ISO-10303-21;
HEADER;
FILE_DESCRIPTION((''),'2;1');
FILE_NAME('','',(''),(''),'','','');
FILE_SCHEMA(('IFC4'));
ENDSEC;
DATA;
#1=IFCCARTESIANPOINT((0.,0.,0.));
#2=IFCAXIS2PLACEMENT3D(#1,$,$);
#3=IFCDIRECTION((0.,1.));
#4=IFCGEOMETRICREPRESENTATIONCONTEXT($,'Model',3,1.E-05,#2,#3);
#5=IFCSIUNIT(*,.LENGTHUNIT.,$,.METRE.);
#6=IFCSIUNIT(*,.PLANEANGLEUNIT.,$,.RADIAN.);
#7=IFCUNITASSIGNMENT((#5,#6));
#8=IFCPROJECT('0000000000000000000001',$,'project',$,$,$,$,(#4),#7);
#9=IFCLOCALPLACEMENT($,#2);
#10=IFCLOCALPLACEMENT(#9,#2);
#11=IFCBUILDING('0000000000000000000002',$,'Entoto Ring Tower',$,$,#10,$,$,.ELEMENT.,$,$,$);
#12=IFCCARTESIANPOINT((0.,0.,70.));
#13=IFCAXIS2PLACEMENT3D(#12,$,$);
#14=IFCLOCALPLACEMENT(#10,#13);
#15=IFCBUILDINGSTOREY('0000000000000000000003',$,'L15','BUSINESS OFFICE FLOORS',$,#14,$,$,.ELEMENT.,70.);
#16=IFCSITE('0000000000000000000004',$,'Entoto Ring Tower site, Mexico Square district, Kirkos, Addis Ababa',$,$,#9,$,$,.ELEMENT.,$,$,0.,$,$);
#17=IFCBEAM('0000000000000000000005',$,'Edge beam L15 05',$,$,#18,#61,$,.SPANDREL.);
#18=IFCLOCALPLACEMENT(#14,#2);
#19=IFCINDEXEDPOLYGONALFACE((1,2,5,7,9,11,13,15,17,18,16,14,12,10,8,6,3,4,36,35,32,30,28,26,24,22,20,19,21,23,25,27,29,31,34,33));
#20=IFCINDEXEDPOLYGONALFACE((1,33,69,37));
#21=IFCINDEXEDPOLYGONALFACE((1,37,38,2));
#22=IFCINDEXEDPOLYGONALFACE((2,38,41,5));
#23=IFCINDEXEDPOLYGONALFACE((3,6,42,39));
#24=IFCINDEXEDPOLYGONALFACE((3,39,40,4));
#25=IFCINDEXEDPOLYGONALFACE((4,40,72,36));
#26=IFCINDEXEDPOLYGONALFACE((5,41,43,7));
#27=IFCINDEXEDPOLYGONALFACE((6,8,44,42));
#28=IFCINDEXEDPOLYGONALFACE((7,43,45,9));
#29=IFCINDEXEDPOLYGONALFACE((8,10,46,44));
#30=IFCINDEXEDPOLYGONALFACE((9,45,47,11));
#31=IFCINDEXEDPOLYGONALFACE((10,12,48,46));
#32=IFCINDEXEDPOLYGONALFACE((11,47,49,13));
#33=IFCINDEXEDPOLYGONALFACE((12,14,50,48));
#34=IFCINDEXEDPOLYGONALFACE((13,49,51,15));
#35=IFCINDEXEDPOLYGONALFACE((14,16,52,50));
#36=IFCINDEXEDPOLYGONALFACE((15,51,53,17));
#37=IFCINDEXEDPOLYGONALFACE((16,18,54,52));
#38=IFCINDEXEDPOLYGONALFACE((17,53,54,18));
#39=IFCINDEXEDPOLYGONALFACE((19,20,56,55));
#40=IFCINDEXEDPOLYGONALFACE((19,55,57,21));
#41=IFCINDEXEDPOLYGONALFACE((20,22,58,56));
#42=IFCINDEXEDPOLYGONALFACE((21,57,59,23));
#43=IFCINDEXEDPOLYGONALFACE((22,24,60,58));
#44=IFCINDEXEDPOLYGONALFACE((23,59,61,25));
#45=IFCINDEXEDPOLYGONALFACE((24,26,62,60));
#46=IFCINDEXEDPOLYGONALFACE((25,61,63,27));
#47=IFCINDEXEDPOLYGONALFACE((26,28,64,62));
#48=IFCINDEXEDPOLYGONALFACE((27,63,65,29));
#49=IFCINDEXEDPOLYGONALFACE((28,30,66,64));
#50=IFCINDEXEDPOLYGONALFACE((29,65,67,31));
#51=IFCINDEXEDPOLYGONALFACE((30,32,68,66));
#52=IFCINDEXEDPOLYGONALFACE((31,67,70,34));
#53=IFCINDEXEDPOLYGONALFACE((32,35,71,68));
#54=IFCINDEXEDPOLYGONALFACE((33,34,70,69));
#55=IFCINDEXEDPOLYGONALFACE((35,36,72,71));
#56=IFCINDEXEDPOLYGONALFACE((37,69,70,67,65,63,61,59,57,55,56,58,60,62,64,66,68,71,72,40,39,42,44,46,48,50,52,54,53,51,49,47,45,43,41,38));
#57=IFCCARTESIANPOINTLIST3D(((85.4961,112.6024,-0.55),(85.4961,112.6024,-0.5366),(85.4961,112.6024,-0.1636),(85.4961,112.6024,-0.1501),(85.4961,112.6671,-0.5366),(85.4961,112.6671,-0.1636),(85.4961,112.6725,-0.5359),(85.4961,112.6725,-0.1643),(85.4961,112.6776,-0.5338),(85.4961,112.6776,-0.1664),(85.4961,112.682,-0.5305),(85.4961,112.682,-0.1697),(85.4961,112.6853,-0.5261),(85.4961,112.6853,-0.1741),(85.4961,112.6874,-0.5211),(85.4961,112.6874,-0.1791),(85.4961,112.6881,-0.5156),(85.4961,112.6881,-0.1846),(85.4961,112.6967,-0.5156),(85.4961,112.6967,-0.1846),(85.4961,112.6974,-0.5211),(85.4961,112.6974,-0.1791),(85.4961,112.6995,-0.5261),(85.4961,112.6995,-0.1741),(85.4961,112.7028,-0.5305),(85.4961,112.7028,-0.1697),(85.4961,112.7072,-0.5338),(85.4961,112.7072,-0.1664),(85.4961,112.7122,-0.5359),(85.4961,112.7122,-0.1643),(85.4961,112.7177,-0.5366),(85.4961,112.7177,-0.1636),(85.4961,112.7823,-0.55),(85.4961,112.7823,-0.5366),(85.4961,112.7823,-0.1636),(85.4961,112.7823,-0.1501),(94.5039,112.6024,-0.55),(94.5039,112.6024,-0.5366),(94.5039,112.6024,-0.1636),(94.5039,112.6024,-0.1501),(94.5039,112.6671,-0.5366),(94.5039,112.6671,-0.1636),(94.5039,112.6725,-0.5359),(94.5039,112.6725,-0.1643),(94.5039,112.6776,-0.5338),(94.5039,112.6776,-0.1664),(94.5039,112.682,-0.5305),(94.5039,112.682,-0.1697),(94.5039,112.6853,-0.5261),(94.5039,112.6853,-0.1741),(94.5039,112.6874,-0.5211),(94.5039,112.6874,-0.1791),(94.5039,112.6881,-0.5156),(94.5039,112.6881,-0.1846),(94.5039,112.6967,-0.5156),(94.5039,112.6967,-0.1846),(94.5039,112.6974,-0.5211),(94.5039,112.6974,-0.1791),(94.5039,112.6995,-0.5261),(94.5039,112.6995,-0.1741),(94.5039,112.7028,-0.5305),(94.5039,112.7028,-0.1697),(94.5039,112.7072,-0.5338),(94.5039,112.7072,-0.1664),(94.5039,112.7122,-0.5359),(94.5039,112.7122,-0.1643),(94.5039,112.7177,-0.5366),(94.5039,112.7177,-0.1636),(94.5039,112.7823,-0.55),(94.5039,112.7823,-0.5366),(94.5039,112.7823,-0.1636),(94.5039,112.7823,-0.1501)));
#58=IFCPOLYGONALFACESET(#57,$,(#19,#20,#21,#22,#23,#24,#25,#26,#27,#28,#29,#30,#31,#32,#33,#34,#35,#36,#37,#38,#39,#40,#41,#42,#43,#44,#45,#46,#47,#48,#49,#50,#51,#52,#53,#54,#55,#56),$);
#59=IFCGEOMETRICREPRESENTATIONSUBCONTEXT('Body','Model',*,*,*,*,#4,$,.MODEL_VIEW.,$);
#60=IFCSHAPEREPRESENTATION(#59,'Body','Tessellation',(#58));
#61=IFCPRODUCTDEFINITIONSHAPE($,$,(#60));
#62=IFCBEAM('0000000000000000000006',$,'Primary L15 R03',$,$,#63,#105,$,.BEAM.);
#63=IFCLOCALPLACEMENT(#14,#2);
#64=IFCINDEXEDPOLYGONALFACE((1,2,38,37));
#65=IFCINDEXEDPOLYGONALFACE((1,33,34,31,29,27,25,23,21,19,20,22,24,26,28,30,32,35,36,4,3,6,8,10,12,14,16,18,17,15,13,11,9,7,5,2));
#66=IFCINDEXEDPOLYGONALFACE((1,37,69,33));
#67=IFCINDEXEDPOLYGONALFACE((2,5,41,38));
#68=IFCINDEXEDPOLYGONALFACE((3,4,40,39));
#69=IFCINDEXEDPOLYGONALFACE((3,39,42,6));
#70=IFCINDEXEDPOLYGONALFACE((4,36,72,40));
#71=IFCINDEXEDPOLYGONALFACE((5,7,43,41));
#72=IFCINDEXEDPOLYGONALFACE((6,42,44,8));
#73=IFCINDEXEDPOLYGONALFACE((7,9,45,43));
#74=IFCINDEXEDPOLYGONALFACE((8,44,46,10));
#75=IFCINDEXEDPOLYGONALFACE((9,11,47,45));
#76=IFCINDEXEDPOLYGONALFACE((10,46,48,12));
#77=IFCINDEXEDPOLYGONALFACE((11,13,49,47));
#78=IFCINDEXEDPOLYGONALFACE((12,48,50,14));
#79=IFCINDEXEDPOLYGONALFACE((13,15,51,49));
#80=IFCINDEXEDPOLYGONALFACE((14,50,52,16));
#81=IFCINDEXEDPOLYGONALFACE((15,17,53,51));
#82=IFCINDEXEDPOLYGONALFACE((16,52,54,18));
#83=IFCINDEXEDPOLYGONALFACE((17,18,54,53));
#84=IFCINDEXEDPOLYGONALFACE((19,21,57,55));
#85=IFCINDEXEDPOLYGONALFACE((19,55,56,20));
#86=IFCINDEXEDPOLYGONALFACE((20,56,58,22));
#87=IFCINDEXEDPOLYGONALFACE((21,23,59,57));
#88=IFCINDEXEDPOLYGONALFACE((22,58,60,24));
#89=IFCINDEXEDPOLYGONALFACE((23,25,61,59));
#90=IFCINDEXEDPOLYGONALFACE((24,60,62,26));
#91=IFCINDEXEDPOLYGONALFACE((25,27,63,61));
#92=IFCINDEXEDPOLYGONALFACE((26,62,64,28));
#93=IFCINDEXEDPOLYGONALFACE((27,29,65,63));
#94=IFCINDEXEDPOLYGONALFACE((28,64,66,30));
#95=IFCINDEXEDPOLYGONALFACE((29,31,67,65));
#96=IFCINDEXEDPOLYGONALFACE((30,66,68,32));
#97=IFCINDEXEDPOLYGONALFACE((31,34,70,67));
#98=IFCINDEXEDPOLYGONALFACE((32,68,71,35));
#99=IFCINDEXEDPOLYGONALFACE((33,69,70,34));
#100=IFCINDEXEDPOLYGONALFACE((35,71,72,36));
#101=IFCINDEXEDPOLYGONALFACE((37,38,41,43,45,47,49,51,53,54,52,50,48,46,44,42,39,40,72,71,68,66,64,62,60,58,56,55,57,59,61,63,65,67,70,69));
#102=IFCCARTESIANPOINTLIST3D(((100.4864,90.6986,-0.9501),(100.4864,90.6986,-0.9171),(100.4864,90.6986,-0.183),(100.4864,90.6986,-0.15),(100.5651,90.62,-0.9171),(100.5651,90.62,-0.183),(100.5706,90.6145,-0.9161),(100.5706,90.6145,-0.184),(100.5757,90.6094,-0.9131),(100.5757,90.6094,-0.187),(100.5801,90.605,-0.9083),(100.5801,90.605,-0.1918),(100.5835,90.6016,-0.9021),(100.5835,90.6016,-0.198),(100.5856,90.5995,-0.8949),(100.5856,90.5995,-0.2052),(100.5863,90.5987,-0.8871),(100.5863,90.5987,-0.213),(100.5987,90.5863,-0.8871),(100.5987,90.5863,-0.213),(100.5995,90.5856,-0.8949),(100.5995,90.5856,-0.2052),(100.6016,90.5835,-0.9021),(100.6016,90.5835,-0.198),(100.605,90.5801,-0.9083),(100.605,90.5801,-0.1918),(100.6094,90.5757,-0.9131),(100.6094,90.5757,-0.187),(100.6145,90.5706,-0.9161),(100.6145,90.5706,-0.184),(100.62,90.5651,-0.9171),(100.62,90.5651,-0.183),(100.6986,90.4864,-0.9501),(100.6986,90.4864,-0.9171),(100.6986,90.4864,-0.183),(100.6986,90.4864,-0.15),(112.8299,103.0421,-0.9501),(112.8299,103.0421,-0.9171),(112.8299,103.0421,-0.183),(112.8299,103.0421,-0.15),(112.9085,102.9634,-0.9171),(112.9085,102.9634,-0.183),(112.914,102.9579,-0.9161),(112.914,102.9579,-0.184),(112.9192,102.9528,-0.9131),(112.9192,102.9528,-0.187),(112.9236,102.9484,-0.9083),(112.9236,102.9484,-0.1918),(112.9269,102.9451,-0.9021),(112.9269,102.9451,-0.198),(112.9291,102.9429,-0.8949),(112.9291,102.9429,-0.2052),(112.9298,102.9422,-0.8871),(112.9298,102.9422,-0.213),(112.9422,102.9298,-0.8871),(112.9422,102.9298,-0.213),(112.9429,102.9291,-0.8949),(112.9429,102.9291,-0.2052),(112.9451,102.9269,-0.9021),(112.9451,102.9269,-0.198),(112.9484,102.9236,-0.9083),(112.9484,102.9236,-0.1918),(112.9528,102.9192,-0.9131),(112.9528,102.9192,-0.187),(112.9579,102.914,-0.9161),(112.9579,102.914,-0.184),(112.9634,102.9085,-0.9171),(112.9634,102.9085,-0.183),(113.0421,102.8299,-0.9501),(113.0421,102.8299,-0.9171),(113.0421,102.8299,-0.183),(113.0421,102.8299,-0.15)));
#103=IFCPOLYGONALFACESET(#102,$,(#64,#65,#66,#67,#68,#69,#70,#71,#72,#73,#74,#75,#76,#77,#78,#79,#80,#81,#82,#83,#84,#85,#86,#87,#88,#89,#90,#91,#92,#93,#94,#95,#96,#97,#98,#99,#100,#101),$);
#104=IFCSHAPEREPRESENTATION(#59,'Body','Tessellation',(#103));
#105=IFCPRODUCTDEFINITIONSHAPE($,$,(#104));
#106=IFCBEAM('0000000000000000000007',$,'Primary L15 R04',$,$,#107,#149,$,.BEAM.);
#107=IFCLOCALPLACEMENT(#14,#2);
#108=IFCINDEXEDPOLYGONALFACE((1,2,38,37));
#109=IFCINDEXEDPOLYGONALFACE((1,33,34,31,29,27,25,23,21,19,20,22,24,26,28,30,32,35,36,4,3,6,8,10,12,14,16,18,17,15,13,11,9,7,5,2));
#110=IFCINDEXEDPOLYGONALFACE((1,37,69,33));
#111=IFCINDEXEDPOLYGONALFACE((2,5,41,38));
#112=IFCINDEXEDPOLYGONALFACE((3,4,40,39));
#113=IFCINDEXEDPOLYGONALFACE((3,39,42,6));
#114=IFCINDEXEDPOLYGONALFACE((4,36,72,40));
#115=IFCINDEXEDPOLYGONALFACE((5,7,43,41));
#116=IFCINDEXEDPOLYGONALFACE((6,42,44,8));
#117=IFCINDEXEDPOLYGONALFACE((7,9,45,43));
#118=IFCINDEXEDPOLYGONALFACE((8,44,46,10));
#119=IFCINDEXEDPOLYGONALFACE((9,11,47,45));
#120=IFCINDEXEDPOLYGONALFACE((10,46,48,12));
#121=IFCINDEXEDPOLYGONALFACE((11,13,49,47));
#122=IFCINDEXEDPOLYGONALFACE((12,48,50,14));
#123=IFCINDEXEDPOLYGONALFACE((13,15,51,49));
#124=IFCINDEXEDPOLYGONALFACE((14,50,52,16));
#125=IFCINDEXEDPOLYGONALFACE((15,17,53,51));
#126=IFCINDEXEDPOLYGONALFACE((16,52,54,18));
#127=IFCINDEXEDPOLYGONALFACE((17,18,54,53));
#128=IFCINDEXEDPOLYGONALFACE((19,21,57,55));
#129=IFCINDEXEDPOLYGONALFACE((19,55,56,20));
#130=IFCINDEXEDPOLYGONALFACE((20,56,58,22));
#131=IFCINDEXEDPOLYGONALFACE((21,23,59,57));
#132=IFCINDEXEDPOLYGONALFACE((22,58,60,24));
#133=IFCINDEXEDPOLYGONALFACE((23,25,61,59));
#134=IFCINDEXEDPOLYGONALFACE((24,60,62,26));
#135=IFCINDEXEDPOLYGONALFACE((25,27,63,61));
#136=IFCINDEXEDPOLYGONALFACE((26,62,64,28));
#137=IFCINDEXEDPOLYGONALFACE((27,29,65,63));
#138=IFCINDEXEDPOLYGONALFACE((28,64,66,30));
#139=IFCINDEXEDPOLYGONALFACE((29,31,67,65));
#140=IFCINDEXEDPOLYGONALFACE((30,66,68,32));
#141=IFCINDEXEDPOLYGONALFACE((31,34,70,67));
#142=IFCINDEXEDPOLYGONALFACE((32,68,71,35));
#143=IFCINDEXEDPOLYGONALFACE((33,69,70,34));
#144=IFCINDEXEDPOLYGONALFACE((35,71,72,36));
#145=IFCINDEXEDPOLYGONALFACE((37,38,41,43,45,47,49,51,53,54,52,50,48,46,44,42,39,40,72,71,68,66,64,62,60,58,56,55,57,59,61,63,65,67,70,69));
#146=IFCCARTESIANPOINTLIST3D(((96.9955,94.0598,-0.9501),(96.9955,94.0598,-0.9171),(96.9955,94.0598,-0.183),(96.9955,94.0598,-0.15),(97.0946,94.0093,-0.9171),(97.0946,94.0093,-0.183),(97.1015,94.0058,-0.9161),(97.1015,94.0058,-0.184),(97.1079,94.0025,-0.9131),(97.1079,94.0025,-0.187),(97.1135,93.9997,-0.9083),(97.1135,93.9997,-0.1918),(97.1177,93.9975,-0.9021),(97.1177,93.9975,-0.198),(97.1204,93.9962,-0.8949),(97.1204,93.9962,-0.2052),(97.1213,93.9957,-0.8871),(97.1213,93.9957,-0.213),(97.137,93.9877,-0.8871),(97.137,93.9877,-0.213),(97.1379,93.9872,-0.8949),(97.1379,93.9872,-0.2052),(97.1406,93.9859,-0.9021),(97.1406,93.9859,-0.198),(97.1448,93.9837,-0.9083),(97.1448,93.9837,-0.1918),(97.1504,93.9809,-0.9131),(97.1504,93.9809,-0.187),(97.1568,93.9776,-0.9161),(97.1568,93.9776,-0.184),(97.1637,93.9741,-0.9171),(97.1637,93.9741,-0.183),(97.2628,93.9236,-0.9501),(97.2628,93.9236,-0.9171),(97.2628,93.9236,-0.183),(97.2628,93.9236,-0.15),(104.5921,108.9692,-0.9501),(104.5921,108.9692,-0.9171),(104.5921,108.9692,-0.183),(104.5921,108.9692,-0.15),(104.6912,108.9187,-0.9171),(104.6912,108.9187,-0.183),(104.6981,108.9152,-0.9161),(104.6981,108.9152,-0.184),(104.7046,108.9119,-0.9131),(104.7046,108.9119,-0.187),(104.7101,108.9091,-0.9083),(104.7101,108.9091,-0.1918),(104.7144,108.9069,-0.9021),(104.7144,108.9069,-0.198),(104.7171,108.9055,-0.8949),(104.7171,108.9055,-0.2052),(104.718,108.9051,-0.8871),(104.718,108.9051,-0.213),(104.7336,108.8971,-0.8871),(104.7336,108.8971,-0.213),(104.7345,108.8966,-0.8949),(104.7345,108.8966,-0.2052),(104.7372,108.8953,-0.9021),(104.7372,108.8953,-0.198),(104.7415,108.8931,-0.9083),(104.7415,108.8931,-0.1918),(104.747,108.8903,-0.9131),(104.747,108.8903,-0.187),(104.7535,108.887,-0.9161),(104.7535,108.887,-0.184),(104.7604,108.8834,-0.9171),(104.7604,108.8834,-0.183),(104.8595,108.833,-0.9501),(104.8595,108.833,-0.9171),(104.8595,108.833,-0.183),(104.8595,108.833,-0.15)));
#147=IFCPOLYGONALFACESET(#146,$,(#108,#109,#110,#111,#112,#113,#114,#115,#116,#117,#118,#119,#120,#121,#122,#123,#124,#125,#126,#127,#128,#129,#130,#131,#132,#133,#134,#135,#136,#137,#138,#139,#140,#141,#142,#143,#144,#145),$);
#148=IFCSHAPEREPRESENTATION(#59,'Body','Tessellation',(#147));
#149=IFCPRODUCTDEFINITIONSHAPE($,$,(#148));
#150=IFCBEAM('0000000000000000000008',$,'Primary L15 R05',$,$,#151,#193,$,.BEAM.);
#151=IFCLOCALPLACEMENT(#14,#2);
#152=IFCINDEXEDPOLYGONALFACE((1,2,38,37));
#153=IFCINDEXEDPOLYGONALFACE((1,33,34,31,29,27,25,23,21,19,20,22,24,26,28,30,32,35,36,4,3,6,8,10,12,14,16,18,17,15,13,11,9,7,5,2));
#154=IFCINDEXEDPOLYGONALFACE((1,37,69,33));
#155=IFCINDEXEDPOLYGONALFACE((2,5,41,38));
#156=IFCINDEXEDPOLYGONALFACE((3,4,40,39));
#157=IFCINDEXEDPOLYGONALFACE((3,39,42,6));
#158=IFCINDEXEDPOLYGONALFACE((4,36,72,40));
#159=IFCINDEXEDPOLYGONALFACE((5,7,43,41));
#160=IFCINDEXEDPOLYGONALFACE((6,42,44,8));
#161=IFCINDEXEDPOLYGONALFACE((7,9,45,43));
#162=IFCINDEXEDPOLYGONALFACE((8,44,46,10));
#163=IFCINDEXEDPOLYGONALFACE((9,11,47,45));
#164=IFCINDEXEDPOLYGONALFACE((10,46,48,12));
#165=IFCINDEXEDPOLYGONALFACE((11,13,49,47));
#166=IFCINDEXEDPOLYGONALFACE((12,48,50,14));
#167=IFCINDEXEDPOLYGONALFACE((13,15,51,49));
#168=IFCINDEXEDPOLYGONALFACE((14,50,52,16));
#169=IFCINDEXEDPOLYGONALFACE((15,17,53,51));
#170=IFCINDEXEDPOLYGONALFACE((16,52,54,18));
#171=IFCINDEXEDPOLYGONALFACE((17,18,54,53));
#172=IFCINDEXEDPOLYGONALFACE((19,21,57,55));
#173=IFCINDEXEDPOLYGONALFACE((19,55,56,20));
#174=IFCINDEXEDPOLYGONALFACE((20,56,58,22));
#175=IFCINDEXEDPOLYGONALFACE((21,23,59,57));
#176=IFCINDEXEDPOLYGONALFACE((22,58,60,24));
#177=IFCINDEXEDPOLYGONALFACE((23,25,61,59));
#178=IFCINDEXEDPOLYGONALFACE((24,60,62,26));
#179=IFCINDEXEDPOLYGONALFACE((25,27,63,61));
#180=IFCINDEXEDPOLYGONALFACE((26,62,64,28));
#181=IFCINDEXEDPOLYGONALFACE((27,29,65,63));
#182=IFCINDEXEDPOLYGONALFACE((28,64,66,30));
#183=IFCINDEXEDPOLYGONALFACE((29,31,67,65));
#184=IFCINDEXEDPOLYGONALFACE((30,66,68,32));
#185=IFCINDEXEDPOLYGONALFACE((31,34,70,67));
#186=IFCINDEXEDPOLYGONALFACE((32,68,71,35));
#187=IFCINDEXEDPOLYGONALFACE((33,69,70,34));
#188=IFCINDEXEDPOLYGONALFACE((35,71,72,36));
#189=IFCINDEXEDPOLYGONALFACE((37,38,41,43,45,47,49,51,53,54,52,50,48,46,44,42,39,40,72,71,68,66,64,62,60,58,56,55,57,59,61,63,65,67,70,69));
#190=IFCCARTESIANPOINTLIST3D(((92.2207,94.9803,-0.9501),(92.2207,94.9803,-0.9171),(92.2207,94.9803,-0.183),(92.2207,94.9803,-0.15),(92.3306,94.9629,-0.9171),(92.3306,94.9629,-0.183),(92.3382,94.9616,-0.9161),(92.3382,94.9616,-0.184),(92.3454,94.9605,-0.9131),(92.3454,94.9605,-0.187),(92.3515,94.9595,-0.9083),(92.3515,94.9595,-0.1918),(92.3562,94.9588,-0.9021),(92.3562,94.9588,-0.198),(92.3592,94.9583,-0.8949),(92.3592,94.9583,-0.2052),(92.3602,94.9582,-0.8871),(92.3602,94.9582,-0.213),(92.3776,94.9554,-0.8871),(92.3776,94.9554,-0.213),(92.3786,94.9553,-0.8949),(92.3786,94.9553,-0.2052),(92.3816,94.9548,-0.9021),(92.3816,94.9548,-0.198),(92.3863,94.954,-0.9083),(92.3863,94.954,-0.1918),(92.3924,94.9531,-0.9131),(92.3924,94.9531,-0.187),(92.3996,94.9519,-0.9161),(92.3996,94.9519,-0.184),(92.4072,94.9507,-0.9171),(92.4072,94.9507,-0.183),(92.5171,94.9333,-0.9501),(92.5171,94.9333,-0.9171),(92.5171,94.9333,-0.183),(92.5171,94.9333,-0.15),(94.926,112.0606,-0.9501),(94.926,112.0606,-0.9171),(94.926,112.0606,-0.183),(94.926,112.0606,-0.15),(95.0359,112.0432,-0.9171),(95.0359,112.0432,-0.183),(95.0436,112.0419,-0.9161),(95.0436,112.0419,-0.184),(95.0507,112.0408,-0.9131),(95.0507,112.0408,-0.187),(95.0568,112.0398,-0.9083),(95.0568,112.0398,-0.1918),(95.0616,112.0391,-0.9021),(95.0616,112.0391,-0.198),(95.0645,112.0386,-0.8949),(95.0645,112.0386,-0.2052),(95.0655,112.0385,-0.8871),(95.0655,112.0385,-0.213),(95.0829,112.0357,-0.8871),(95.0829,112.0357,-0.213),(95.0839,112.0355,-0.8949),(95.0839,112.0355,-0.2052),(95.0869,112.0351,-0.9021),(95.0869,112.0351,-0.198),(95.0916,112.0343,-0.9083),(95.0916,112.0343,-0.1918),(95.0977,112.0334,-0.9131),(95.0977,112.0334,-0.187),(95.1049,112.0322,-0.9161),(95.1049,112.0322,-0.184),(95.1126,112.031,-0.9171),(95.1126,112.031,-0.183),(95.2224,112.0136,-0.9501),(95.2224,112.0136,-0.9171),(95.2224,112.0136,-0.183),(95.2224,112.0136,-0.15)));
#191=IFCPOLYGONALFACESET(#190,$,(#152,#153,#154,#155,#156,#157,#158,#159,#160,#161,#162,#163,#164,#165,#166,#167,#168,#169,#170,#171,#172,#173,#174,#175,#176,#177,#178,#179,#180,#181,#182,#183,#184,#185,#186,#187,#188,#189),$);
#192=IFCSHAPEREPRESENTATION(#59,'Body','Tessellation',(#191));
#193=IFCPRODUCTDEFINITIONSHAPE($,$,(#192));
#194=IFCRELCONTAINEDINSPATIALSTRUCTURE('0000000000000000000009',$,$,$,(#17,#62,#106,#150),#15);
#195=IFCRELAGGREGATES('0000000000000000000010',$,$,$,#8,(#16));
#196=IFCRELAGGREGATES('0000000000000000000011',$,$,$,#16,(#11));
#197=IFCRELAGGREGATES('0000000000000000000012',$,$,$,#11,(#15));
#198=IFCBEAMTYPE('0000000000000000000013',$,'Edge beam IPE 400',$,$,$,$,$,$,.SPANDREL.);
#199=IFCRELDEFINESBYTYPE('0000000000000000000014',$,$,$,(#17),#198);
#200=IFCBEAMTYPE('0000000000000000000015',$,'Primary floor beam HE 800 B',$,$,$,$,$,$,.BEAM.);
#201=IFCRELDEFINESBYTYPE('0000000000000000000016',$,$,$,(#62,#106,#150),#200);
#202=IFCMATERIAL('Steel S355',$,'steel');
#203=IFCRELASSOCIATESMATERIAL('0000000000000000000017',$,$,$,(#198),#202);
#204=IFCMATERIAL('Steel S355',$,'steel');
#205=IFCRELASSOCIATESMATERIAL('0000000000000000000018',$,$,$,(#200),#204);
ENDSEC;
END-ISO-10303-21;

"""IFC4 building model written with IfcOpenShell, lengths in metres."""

from ifc_helpers import new_model, si_unit, direction, frame, origin, origin_2d, place, context, subcontext, project, spatial, i_section, extrude, material, material_profile, profile_set, type_object, element, save


model = new_model("IFC4")

# Units and contexts
model_context = context("Model", 3, precision=1e-05, world=origin(), true_north=direction((0.0, 1.0)))
body_context = subcontext(model_context, "Body", "Model", "MODEL_VIEW")
ifc_project = project(units=[si_unit("LENGTHUNIT", "METRE"), si_unit("PLANEANGLEUNIT", "RADIAN")], contexts=[model_context])

# Site, building, storey
site_placement = place(None, origin())
site = spatial("IfcSite", under=ifc_project, at=site_placement, Name="Entoto Ring Tower site, Mexico Square district, Kirkos, Addis Ababa", CompositionType="ELEMENT", RefElevation=0.0)
building_placement = place(site_placement, origin())
building = spatial("IfcBuilding", under=site, at=building_placement, Name="Entoto Ring Tower", CompositionType="ELEMENT")
storey_placement = place(building_placement, frame((0.0, 0.0, 70.0)))
storey = spatial("IfcBuildingStorey", under=building, at=storey_placement, Name="L15", Description="BUSINESS OFFICE FLOORS", CompositionType="ELEMENT", Elevation=70.0)

# Beams
ifc_material_1 = material(Name="Steel S355", Category="steel")
ifc_material_profile_1 = material_profile(ifc_material_1, i_section(OverallWidth=0.1799, OverallDepth=0.3999, WebThickness=0.0085, FlangeThickness=0.0134, FilletRadius=0.021, at=origin_2d()), Name="IPE 400")
ifc_profile_set_1 = profile_set([ifc_material_profile_1], Name="Steel S355")
beam_type_1 = type_object("IfcBeamType", Name="Edge beam IPE 400", PredefinedType="SPANDREL", material=ifc_profile_set_1)
beam_1_placement = place(storey_placement, frame((94.5039, 112.6924, -0.3501), z_axis=(-1.0, 0.0, 0.0), x_axis=(0.0, -1.0, 0.0)))
element("IfcBeam", 1, at=beam_1_placement, inside=storey, type_object=beam_type_1, Name="Edge beam L15 05", PredefinedType="SPANDREL", context=body_context, shape_type="SweptSolid", body=[
    extrude(i_section(OverallWidth=0.1799, OverallDepth=0.3999, WebThickness=0.0085, FlangeThickness=0.0134, FilletRadius=0.021, at=origin_2d()), origin(), (0.0, 0.0, 1.0), 9.0078),
])
ifc_material_2 = material(Name="Steel S355", Category="steel")
ifc_material_profile_2 = material_profile(ifc_material_2, i_section(OverallWidth=0.3, OverallDepth=0.8, WebThickness=0.0176, FlangeThickness=0.033, FilletRadius=0.03, at=origin_2d()), Name="HE 800 B")
ifc_profile_set_2 = profile_set([ifc_material_profile_2], Name="Steel S355")
beam_type_2 = type_object("IfcBeamType", Name="Primary floor beam HE 800 B", PredefinedType="BEAM", material=ifc_profile_set_2)
beam_2_placement = place(storey_placement, frame((100.5925, 90.5925, -0.55), z_axis=(0.707107, 0.707107, 0.0), x_axis=(-0.707107, 0.707107, 0.0)))
element("IfcBeam", 2, at=beam_2_placement, inside=storey, type_object=beam_type_2, Name="Primary L15 R03", PredefinedType="BEAM", context=body_context, shape_type="SweptSolid", body=[
    extrude(i_section(OverallWidth=0.3, OverallDepth=0.8, WebThickness=0.0176, FlangeThickness=0.033, FilletRadius=0.03, at=origin_2d()), origin(), (0.0, 0.0, 1.0), 17.4563),
])
beam_3_placement = place(storey_placement, frame((97.1292, 93.9917, -0.55), z_axis=(0.453988, 0.891008, 0.0), x_axis=(-0.891008, 0.453988, 0.0)))
element("IfcBeam", 3, at=beam_3_placement, inside=storey, type_object=beam_type_2, Name="Primary L15 R04", PredefinedType="BEAM", context=body_context, shape_type="SweptSolid", body=[
    extrude(i_section(OverallWidth=0.3, OverallDepth=0.8, WebThickness=0.0176, FlangeThickness=0.033, FilletRadius=0.03, at=origin_2d()), origin(), (0.0, 0.0, 1.0), 16.7332),
])
for number, where, z_axis, x_axis, name in (
    (4, (92.3689, 94.9568, -0.55), (0.156438, 0.987688, 0.0), (-0.987688, 0.156438, 0.0), "Primary L15 R05"),
):
    element("IfcBeam", number, at=place(storey_placement, frame(where, z_axis=z_axis, x_axis=x_axis)), inside=storey, type_object=beam_type_2, Name=name, PredefinedType="BEAM", context=body_context, shape_type="SweptSolid", body=[
        extrude(i_section(OverallWidth=0.3, OverallDepth=0.8, WebThickness=0.0176, FlangeThickness=0.033, FilletRadius=0.03, at=origin_2d()), origin(), (0.0, 0.0, 1.0), 17.2932),
    ])

save(model, "model.ifc")
